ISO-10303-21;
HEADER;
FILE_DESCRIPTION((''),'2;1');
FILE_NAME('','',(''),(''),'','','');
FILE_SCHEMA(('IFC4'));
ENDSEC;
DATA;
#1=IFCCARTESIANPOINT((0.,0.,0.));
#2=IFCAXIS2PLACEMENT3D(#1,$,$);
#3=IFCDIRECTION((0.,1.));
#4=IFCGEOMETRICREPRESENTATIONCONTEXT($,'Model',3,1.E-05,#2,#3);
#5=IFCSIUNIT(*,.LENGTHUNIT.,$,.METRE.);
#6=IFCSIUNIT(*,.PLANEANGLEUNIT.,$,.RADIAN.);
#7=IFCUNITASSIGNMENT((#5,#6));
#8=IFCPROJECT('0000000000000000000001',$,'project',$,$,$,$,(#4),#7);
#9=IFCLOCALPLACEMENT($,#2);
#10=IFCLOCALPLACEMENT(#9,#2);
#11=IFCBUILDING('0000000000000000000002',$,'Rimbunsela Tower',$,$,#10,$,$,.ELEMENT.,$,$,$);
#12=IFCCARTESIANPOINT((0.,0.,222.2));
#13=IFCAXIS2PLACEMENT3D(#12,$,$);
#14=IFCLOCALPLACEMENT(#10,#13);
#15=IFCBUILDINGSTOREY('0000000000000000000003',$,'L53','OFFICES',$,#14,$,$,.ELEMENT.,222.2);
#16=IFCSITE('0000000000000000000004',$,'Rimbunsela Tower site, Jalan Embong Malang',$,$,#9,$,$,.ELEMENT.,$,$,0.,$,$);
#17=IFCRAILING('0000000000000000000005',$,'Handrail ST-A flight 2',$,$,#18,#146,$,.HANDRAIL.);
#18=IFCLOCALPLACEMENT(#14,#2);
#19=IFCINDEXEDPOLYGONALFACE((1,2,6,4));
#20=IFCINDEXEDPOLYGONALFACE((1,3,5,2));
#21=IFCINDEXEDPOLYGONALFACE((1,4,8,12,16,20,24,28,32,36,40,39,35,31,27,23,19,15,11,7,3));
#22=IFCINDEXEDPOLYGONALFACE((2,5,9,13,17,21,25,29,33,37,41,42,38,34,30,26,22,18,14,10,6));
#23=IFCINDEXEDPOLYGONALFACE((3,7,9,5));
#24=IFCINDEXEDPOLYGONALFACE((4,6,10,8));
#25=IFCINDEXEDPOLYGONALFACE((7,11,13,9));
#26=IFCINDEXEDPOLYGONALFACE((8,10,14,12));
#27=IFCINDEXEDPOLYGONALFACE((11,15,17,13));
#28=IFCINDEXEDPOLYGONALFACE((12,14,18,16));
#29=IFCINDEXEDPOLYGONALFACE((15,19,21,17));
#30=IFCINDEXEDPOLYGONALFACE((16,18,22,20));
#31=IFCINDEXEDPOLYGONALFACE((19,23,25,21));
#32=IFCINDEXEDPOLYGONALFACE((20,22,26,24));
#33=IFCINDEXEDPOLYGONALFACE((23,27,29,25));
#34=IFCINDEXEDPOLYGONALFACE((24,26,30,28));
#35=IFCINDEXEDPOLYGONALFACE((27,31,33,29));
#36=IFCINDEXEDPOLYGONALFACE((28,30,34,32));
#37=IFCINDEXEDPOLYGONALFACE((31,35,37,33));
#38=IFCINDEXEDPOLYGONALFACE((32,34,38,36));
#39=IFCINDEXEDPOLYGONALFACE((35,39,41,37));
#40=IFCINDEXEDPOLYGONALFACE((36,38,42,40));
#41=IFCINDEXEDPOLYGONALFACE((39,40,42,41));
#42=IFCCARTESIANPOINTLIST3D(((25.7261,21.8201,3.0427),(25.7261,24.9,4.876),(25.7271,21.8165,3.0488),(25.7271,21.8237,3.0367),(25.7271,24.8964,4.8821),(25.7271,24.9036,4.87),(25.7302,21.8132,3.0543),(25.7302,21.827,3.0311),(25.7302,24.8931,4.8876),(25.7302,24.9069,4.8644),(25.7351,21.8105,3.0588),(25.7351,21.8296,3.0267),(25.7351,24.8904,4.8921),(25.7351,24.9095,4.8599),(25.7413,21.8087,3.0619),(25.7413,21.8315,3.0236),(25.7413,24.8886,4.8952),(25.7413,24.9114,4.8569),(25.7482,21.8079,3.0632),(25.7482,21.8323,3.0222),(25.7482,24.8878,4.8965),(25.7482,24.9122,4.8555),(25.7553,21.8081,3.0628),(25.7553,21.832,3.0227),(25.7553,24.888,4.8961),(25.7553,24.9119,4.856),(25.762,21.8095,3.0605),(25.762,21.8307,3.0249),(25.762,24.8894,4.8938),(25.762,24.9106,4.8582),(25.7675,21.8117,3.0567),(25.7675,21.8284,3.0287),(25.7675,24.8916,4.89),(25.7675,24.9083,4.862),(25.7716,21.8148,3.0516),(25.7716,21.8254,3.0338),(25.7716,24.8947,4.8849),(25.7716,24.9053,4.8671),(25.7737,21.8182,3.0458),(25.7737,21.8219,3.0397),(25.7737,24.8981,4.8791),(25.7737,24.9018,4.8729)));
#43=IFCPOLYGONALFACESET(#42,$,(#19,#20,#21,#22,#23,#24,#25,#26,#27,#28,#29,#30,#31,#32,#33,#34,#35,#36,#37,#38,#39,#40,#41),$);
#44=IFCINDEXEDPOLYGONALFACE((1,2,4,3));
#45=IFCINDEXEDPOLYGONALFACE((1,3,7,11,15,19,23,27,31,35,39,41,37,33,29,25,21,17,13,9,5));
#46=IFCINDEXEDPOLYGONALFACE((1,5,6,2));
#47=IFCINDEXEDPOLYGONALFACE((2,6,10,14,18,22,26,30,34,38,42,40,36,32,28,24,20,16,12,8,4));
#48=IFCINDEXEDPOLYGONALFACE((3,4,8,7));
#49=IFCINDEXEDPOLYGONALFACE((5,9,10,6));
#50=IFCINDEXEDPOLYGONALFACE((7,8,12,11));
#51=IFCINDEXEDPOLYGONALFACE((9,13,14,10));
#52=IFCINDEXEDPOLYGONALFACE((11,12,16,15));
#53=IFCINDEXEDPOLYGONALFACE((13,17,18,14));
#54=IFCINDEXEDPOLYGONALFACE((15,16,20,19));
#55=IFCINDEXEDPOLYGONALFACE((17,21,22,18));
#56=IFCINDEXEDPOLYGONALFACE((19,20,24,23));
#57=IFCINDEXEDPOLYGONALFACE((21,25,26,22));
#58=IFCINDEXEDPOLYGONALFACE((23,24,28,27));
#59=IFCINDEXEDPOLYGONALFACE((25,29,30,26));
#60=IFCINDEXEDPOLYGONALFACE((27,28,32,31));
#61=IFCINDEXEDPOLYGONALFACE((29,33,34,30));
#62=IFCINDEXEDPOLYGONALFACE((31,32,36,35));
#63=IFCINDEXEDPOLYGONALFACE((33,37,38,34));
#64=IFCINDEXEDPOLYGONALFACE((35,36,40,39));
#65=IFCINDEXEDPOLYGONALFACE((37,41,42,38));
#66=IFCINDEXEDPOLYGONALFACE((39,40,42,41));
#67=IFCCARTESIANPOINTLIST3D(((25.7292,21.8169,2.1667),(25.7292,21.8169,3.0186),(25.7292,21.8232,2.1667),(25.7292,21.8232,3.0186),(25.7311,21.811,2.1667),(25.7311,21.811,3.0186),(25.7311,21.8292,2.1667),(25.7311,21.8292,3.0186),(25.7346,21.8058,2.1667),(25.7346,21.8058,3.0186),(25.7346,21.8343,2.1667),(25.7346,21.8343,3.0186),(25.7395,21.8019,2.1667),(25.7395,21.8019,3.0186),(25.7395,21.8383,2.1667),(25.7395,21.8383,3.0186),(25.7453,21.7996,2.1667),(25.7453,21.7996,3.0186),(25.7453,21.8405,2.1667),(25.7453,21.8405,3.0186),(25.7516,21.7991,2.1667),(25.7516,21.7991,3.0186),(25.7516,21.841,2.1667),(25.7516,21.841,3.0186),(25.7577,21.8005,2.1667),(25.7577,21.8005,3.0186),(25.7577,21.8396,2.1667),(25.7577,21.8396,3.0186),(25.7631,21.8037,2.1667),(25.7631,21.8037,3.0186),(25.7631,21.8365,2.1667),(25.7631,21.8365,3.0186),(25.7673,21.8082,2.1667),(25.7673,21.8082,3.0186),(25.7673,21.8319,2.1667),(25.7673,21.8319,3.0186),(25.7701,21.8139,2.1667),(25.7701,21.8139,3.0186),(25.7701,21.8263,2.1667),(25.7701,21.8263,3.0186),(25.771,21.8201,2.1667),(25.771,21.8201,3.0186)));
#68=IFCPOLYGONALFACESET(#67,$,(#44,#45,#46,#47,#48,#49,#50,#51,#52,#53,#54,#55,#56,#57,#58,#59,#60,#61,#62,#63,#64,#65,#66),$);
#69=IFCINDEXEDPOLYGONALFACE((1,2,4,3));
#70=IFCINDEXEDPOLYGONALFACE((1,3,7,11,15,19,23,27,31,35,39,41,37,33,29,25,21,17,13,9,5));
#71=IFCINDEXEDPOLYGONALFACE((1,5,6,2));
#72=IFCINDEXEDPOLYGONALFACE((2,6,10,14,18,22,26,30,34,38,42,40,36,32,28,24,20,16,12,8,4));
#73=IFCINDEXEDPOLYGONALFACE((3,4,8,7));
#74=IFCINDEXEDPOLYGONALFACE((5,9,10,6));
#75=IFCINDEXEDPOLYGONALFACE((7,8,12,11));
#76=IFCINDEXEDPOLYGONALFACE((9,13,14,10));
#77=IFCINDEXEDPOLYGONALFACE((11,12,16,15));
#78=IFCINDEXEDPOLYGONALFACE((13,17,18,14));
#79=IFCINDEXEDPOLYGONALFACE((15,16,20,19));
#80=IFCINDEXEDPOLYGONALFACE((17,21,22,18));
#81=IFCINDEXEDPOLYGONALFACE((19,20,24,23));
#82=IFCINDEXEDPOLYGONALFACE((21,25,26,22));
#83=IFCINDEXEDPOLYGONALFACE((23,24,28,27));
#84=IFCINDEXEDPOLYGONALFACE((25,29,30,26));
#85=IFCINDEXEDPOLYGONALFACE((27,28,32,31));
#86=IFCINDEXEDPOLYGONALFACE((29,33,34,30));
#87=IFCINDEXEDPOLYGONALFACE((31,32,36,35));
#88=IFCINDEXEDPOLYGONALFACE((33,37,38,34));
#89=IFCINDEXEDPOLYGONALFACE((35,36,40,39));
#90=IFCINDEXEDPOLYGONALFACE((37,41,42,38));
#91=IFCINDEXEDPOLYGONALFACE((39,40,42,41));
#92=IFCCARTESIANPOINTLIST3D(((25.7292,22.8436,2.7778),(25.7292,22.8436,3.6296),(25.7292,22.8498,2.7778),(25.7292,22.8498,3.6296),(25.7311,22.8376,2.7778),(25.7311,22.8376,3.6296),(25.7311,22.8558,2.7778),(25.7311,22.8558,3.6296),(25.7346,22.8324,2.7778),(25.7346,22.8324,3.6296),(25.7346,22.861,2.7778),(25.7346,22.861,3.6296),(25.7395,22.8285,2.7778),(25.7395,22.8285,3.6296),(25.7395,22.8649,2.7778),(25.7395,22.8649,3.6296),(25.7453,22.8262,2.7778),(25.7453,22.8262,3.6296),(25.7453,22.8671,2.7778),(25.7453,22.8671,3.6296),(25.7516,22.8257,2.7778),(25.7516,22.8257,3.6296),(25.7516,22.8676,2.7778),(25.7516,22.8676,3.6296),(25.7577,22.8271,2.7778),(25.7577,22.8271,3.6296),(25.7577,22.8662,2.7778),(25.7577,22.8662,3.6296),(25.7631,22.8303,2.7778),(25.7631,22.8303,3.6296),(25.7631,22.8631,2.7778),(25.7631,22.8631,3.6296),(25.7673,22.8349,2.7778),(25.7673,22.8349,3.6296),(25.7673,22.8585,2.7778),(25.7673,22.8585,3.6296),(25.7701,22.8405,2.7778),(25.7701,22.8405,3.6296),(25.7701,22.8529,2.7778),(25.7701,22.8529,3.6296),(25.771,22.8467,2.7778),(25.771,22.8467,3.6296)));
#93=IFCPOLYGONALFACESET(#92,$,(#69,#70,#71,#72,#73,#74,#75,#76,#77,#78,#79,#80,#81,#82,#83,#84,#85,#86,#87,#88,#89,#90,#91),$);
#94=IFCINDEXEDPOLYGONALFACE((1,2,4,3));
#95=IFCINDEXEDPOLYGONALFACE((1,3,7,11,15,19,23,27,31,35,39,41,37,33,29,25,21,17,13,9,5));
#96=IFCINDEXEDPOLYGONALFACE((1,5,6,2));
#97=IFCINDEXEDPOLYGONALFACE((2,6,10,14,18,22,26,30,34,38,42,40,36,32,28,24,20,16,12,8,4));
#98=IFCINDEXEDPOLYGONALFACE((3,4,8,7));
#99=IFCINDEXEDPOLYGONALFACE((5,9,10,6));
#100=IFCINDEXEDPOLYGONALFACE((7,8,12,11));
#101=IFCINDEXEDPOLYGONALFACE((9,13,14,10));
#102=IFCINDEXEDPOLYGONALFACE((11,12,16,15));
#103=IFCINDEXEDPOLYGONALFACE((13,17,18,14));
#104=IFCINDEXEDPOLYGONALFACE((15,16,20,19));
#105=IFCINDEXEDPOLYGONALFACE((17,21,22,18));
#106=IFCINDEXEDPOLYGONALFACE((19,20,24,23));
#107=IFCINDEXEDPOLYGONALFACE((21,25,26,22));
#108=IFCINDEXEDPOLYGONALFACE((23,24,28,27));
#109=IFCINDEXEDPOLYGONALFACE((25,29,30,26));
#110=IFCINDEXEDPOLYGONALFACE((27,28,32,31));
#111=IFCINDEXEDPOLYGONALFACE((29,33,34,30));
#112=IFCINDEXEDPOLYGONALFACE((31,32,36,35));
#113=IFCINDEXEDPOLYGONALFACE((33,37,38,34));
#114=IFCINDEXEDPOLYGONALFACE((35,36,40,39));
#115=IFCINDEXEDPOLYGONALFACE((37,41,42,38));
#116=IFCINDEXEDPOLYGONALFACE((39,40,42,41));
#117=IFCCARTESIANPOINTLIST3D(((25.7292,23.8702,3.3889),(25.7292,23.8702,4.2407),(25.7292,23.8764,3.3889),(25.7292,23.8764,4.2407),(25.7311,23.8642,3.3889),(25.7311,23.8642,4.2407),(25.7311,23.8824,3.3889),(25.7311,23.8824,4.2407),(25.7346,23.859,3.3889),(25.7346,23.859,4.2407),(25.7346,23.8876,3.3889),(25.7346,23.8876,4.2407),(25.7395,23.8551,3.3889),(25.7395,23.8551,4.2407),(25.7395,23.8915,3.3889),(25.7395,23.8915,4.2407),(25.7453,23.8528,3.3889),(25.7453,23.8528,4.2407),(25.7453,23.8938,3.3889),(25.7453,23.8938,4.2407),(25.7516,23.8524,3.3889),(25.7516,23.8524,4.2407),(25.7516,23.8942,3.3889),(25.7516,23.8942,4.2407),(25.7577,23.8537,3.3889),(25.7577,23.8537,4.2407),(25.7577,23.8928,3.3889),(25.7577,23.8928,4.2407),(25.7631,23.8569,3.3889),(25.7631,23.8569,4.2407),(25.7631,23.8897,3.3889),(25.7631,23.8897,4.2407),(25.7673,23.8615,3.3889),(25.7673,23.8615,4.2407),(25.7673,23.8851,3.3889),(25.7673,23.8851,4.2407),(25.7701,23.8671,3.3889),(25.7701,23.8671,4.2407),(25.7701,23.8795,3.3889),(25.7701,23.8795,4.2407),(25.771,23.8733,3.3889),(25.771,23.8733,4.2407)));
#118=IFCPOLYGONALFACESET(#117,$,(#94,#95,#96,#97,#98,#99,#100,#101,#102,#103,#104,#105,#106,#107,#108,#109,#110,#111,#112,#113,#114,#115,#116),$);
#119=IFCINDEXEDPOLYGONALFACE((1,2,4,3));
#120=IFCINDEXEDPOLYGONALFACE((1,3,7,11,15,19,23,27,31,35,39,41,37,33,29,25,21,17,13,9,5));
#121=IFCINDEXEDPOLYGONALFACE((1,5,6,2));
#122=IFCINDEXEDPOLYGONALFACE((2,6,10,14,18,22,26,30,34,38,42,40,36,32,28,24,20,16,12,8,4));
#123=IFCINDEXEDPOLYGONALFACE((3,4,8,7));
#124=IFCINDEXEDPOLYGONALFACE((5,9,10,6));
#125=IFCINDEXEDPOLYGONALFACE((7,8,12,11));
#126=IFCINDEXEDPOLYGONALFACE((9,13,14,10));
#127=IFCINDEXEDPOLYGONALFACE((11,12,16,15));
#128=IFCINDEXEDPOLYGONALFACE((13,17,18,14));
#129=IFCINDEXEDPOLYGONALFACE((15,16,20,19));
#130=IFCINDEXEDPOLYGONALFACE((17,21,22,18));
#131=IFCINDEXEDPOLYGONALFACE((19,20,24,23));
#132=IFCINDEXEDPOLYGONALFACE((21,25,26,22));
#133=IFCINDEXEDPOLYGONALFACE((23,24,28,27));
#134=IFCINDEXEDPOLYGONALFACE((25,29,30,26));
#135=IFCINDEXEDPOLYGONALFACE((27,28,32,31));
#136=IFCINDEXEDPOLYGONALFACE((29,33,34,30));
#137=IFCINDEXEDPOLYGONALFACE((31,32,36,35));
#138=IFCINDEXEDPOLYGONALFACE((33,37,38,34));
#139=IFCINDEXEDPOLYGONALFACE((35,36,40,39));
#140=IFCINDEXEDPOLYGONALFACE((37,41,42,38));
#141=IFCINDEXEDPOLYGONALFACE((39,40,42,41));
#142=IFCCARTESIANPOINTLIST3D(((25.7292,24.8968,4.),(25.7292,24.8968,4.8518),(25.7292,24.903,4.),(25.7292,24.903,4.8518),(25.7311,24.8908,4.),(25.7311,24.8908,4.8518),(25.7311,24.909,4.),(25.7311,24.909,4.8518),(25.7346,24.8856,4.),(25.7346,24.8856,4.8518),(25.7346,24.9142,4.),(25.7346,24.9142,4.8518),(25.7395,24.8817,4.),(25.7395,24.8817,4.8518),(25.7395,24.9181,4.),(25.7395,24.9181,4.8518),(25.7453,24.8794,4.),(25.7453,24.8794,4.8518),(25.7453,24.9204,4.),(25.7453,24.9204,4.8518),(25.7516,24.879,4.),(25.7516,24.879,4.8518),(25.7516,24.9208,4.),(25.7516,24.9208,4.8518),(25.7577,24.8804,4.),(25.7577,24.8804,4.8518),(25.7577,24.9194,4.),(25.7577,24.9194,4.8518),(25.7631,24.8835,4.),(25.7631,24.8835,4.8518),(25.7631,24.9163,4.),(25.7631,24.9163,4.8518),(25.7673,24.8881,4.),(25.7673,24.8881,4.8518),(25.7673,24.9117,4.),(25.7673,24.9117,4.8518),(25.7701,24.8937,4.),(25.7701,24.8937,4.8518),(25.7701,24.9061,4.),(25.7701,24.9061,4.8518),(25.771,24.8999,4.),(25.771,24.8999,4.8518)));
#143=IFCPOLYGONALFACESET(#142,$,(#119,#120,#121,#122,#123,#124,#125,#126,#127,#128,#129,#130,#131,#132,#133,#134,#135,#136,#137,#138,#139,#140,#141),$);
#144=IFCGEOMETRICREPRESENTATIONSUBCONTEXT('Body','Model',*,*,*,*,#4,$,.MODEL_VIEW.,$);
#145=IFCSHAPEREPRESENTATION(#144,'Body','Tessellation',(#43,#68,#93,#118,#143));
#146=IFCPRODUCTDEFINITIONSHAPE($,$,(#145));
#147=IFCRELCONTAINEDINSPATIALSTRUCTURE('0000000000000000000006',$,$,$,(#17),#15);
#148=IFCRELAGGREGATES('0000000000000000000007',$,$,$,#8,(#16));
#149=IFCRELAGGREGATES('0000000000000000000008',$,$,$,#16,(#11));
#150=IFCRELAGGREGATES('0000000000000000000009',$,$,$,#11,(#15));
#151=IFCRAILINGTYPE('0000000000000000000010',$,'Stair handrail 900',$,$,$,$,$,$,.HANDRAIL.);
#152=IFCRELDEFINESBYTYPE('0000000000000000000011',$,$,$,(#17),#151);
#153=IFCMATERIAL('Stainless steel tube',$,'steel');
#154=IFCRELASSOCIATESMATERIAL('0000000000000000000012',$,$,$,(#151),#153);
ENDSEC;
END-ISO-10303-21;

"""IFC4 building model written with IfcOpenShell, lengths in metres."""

from ifc_helpers import new_model, si_unit, direction, frame, origin, origin_2d, place, context, subcontext, project, spatial, circle, extrude, material, type_object, element, save


model = new_model("IFC4")

# Units and contexts
model_context = context("Model", 3, precision=1e-05, world=origin(), true_north=direction((0.0, 1.0)))
body_context = subcontext(model_context, "Body", "Model", "MODEL_VIEW")
ifc_project = project(units=[si_unit("LENGTHUNIT", "METRE"), si_unit("PLANEANGLEUNIT", "RADIAN")], contexts=[model_context])

# Site, building, storey
site_placement = place(None, origin())
site = spatial("IfcSite", under=ifc_project, at=site_placement, Name="Rimbunsela Tower site, Jalan Embong Malang", CompositionType="ELEMENT", RefElevation=0.0)
building_placement = place(site_placement, origin())
building = spatial("IfcBuilding", under=site, at=building_placement, Name="Rimbunsela Tower", CompositionType="ELEMENT")
storey_placement = place(building_placement, frame((0.0, 0.0, 222.2)))
storey = spatial("IfcBuildingStorey", under=building, at=storey_placement, Name="L53", Description="OFFICES", CompositionType="ELEMENT", Elevation=222.2)

# Railing
ifc_material_1 = material(Name="Stainless steel tube", Category="steel")
railing_type = type_object("IfcRailingType", Name="Stair handrail 900", PredefinedType="HANDRAIL", material=ifc_material_1)
railing_1_placement = place(storey_placement, frame((25.75, 21.8201, 2.1667)))
element("IfcRailing", 1, at=railing_1_placement, inside=storey, type_object=railing_type, Name="Handrail ST-A flight 2", PredefinedType="HANDRAIL", context=body_context, shape_type="SweptSolid", body=[
    extrude(circle(Radius=0.0239, at=origin_2d()), frame((0.0, 0.0, 0.876), z_axis=(0.0, 0.859291, 0.511487), x_axis=(-1.0, 0.0, 0.0)), (0.0, 0.0, 1.0), 3.5842),
    extrude(circle(Radius=0.021, at=origin_2d()), origin(), (0.0, 0.0, 1.0), 0.8518),
    extrude(circle(Radius=0.021, at=origin_2d()), frame((0.0, 1.0266, 0.6111)), (0.0, 0.0, 1.0), 0.8518),
    extrude(circle(Radius=0.021, at=origin_2d()), frame((0.0, 2.0532, 1.2222)), (0.0, 0.0, 1.0), 0.8518),
    extrude(circle(Radius=0.021, at=origin_2d()), frame((0.0, 3.0798, 1.8333)), (0.0, 0.0, 1.0), 0.8518),
])

save(model, "model.ifc")
